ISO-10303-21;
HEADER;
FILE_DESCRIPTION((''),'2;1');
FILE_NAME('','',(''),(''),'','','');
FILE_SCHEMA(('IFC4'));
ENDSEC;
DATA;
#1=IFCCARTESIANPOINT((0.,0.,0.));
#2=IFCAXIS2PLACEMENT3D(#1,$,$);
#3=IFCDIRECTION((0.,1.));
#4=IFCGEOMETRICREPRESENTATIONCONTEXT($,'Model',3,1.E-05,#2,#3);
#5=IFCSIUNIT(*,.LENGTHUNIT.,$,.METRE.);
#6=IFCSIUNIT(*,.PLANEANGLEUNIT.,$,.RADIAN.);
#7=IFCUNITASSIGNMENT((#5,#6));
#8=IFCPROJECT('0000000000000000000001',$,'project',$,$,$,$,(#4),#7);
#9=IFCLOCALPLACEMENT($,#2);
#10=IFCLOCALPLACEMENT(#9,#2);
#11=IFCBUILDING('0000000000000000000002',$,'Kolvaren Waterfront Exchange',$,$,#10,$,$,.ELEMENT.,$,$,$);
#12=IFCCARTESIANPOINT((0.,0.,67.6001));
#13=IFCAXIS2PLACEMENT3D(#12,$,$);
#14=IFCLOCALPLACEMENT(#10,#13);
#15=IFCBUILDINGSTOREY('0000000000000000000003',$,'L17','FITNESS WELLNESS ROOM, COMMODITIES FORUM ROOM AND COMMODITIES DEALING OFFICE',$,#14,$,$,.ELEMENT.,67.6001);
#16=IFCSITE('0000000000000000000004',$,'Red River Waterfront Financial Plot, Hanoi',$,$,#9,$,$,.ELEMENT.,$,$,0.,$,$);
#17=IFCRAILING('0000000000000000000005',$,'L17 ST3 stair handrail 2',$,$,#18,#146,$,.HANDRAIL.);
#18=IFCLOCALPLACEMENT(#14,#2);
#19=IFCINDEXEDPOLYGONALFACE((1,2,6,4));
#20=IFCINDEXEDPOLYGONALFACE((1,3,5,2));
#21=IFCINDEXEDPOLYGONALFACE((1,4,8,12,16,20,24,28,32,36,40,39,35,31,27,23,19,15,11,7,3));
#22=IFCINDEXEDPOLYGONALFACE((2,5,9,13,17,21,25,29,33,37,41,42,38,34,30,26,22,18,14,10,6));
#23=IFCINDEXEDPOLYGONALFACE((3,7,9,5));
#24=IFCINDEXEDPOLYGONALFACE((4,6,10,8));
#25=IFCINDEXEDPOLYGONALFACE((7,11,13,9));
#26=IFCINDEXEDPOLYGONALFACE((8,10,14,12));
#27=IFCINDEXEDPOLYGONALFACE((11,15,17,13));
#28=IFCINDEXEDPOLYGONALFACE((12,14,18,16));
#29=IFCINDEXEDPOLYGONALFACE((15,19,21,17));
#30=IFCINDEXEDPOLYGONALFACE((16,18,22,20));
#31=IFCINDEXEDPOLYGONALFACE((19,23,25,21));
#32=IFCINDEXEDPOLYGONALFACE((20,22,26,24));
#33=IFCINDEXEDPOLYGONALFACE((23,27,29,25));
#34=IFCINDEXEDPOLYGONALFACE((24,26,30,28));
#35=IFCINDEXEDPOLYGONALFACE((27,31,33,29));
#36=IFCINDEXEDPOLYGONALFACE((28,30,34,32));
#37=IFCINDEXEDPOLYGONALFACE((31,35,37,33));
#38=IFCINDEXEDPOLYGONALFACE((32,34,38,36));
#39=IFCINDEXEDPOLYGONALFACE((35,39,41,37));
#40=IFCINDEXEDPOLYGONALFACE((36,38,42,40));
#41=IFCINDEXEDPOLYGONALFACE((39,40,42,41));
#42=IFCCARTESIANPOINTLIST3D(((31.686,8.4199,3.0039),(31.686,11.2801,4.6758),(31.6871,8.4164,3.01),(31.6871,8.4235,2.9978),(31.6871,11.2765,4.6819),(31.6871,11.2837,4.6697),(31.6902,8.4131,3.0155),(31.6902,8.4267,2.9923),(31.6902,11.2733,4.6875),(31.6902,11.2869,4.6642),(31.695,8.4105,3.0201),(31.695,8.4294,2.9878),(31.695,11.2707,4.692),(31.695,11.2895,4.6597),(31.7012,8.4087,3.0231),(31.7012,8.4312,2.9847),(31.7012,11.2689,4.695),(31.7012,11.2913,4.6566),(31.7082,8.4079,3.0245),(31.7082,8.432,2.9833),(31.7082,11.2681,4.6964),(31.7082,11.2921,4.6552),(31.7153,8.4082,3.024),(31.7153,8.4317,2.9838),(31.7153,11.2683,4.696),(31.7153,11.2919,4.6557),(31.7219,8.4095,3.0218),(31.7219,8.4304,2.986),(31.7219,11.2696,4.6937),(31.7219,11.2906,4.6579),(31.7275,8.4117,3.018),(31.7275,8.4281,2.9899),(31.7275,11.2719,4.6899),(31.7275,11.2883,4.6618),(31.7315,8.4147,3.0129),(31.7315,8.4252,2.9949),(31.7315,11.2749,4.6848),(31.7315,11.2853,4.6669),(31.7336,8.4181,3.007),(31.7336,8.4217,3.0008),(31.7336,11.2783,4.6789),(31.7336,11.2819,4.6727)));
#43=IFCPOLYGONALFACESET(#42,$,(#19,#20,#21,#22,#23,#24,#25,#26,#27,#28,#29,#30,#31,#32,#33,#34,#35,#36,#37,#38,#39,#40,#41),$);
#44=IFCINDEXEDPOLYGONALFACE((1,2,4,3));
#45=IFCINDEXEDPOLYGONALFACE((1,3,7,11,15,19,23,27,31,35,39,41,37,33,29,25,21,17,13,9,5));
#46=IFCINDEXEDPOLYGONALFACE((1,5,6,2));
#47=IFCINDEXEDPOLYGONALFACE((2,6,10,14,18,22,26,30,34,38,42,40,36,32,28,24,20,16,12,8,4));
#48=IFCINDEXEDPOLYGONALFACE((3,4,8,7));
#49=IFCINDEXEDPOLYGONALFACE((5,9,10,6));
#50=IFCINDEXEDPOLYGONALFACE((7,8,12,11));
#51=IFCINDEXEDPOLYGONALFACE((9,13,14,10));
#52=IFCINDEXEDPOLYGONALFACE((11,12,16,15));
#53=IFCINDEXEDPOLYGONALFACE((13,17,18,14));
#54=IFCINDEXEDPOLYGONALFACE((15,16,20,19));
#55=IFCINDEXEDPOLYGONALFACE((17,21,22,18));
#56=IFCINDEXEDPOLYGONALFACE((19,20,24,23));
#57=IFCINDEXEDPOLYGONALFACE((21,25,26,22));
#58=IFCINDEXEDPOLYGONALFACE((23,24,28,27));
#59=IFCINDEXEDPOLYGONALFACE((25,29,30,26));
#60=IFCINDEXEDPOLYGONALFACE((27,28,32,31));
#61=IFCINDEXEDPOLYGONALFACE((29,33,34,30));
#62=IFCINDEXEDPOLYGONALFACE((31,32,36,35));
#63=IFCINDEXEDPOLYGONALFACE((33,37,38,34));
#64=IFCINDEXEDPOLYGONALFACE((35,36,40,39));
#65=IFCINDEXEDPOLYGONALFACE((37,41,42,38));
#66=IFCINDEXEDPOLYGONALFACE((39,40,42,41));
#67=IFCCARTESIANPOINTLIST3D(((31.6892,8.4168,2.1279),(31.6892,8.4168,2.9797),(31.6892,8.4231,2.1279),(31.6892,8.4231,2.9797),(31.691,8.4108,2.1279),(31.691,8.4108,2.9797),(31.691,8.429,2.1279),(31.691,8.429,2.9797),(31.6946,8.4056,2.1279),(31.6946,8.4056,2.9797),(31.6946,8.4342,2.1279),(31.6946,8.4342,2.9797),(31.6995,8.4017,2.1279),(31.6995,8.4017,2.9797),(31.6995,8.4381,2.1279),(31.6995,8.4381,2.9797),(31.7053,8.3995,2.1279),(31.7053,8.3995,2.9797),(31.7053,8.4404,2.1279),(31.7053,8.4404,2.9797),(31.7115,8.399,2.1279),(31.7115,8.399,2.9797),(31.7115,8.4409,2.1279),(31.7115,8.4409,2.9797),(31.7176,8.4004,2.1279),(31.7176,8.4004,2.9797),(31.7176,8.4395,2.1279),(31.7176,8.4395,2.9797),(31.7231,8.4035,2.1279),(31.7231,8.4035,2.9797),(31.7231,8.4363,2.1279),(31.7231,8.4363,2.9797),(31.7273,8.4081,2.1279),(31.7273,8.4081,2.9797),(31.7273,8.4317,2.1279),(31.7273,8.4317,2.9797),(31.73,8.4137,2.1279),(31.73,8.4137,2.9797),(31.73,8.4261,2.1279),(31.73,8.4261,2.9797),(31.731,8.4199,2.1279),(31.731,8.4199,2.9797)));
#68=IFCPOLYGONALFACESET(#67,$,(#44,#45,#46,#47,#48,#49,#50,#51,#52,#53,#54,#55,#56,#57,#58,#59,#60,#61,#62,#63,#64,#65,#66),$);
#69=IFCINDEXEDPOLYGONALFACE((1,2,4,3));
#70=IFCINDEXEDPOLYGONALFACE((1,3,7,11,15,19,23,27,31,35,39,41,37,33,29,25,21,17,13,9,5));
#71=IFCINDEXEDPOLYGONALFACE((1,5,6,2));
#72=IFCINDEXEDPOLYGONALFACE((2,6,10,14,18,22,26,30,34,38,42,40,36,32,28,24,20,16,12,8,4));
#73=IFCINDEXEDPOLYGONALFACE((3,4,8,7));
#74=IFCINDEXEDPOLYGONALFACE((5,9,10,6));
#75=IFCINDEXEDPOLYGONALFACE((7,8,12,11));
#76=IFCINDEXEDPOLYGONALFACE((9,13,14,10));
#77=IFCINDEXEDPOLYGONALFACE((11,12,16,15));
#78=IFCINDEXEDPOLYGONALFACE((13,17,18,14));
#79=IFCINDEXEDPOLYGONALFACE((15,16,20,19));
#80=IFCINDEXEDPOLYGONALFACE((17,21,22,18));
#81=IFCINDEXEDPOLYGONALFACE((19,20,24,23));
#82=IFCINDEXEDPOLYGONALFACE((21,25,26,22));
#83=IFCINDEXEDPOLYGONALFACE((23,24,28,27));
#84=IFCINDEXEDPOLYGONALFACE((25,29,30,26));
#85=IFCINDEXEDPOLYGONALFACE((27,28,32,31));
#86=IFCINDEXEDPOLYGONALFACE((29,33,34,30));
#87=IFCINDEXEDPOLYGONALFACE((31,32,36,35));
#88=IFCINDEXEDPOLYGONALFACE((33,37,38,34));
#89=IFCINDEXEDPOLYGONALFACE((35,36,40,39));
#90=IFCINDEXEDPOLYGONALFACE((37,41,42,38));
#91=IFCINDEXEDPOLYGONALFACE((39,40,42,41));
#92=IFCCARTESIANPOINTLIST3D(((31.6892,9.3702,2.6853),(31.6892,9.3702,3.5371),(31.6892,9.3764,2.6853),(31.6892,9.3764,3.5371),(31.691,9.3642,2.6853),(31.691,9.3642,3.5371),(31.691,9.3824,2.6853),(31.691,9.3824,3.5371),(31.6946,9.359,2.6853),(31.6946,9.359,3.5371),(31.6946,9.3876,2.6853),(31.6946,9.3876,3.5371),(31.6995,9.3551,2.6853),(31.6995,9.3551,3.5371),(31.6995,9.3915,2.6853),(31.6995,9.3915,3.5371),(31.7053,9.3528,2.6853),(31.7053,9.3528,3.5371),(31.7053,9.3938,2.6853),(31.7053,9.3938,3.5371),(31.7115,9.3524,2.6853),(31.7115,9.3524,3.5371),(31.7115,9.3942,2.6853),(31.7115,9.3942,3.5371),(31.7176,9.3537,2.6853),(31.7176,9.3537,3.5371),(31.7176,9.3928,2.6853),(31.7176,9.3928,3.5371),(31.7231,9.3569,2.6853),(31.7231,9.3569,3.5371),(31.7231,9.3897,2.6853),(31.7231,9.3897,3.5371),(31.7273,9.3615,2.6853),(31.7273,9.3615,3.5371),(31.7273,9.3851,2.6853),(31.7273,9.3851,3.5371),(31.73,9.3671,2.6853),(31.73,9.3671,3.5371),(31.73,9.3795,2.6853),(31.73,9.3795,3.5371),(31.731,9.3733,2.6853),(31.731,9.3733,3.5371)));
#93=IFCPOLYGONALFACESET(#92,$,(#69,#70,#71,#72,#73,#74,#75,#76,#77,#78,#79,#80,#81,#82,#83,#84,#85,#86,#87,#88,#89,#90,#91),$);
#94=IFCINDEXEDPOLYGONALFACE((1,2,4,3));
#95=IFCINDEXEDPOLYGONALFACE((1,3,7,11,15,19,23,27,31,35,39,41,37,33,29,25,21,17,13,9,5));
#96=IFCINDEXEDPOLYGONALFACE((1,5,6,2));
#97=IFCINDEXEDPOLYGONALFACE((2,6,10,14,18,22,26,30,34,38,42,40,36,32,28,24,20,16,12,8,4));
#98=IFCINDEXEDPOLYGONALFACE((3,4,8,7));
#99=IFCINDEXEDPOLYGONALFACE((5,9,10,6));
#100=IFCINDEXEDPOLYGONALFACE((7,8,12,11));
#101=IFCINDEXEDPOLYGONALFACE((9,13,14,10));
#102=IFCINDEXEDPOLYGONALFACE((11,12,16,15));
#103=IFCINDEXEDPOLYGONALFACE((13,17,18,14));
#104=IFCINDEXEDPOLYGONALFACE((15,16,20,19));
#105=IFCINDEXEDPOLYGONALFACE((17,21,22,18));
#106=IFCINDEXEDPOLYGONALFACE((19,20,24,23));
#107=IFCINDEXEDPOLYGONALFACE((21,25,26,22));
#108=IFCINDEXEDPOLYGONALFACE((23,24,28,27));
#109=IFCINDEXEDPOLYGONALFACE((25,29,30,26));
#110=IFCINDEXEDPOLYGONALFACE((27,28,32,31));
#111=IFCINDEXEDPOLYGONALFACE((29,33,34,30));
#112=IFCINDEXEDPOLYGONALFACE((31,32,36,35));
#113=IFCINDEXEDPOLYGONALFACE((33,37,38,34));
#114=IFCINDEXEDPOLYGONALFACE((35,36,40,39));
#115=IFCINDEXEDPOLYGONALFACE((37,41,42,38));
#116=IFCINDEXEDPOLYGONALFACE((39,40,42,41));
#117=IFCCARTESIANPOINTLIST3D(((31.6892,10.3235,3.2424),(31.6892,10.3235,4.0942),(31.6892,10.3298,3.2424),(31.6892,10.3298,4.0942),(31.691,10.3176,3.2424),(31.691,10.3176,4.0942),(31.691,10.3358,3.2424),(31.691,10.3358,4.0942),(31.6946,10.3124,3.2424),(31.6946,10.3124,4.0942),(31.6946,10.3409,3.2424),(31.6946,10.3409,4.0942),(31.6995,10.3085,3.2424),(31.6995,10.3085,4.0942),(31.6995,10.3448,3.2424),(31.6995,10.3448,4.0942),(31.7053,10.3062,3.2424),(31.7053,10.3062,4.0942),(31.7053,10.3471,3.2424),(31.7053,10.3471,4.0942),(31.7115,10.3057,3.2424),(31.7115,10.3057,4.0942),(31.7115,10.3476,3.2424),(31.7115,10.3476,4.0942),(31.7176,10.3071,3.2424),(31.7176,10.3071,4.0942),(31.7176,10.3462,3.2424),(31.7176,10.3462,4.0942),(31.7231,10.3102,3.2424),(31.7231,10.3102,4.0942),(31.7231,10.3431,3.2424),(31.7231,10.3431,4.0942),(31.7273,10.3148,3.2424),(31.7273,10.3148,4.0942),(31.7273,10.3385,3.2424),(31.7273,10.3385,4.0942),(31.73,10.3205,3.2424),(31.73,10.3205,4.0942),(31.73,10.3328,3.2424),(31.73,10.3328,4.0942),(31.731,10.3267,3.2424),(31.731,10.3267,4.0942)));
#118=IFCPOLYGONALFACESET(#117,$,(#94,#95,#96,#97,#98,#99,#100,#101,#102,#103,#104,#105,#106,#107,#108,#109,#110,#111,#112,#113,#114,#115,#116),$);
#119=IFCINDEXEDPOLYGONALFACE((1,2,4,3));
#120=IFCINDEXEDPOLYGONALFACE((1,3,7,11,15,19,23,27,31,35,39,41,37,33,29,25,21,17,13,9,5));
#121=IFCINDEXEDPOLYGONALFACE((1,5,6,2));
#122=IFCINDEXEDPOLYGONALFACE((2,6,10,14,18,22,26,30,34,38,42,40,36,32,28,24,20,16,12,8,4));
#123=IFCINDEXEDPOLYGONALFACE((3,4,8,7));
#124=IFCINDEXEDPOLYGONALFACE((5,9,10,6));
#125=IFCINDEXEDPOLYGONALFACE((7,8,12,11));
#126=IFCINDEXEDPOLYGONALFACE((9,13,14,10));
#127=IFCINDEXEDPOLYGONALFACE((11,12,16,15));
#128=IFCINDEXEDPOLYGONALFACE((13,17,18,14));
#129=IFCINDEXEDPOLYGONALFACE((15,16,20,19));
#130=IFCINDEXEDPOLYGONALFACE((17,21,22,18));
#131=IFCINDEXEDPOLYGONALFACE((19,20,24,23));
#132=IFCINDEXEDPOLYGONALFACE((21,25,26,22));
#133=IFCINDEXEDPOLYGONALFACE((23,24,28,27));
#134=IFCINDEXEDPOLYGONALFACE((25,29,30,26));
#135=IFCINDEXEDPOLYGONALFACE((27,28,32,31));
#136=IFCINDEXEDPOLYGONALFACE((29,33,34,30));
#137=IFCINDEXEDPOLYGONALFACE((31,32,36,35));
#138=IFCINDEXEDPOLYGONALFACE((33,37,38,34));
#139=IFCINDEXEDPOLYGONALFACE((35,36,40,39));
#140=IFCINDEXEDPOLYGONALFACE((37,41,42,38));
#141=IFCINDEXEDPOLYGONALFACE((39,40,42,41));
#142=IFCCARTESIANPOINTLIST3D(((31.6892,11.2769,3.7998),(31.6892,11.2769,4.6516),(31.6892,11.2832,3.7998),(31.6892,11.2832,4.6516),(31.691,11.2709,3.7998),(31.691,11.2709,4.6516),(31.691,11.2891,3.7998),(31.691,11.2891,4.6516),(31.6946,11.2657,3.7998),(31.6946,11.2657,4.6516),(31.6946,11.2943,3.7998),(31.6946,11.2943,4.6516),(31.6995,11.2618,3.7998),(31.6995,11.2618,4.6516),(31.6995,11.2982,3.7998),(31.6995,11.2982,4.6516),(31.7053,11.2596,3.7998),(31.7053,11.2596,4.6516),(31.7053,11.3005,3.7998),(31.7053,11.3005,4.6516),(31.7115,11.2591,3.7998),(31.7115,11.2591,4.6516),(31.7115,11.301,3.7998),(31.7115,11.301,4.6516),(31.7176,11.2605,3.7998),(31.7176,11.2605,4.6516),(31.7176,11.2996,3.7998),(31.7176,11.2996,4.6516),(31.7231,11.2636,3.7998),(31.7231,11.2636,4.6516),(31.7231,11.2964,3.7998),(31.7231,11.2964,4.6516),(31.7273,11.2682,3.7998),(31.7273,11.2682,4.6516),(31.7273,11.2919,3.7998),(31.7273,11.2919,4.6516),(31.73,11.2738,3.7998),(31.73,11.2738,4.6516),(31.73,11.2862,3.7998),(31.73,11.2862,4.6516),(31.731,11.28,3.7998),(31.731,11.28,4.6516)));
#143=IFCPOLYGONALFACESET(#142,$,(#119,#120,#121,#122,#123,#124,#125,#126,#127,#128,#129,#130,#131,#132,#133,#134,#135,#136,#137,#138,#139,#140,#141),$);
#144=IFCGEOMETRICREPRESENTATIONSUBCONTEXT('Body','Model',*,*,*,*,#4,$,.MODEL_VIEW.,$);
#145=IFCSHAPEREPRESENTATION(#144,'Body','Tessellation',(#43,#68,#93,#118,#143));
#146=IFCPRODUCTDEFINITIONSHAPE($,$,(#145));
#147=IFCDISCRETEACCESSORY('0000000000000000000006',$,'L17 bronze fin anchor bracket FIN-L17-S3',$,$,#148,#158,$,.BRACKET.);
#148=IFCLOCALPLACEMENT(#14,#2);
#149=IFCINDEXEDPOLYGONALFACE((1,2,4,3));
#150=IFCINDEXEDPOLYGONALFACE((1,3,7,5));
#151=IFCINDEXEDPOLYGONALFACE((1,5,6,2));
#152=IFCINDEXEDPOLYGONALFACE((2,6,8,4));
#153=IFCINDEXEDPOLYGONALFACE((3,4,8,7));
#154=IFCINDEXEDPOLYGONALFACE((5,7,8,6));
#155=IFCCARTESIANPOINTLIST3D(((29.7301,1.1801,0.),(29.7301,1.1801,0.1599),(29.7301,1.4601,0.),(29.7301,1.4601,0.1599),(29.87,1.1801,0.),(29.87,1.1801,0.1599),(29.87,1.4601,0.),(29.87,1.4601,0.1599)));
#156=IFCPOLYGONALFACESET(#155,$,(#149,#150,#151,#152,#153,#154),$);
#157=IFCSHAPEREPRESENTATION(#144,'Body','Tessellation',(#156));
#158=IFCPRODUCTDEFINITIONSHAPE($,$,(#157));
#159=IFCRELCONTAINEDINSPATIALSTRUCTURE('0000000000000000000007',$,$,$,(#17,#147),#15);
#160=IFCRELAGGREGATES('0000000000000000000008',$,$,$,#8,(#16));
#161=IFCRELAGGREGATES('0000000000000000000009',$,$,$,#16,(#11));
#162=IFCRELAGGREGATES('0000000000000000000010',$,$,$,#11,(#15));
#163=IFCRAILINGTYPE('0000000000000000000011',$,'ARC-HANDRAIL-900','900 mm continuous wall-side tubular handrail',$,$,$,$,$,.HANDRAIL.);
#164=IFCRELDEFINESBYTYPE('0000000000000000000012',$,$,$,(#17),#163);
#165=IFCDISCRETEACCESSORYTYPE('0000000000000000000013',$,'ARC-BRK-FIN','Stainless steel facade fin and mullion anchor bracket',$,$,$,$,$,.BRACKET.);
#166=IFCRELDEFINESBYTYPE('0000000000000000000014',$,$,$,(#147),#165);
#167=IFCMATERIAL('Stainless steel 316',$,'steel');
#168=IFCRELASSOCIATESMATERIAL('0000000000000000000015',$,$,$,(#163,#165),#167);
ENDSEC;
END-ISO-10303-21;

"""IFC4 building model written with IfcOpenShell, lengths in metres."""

from ifc_helpers import new_model, si_unit, direction, frame, origin, origin_with_axes, origin_2d, place, context, subcontext, project, spatial, rectangle, circle, extrude, source, transform, mapped, material, type_object, element, save


model = new_model("IFC4")

# Units and contexts
model_context = context("Model", 3, precision=1e-05, world=origin(), true_north=direction((0.0, 1.0)))
body_context = subcontext(model_context, "Body", "Model", "MODEL_VIEW")
ifc_project = project(units=[si_unit("LENGTHUNIT", "METRE"), si_unit("PLANEANGLEUNIT", "RADIAN")], contexts=[model_context])

# Site, building, storey
site_placement = place(None, origin())
site = spatial("IfcSite", under=ifc_project, at=site_placement, Name="Red River Waterfront Financial Plot, Hanoi", CompositionType="ELEMENT", RefElevation=0.0)
building_placement = place(site_placement, origin())
building = spatial("IfcBuilding", under=site, at=building_placement, Name="Kolvaren Waterfront Exchange", CompositionType="ELEMENT")
storey_placement = place(building_placement, frame((0.0, 0.0, 67.6001)))
storey = spatial("IfcBuildingStorey", under=building, at=storey_placement, Name="L17", Description="FITNESS WELLNESS ROOM, COMMODITIES FORUM ROOM AND COMMODITIES DEALING OFFICE", CompositionType="ELEMENT", Elevation=67.6001)

# Railing
ifc_material_1 = material(Name="Stainless steel 316", Category="steel")
railing_type_1 = type_object("IfcRailingType", Name="ARC-HANDRAIL-900", Description="900 mm continuous wall-side tubular handrail", PredefinedType="HANDRAIL", material=ifc_material_1)
railing_1_placement = place(storey_placement, frame((31.71, 8.4199, 2.1279)))
element("IfcRailing", 1, at=railing_1_placement, inside=storey, type_object=railing_type_1, Name="L17 ST3 stair handrail 2", PredefinedType="HANDRAIL", context=body_context, shape_type="SweptSolid", body=[
    extrude(circle(Radius=0.0239, at=origin_2d()), frame((0.0, 0.0, 0.876), z_axis=(0.0, 0.863321, 0.504654), x_axis=(-1.0, 0.0, 0.0)), (0.0, 0.0, 1.0), 3.313),
    extrude(circle(Radius=0.021, at=origin_2d()), origin(), (0.0, 0.0, 1.0), 0.8518),
    extrude(circle(Radius=0.021, at=origin_2d()), frame((0.0, 0.9534, 0.5574)), (0.0, 0.0, 1.0), 0.8518),
    extrude(circle(Radius=0.021, at=origin_2d()), frame((0.0, 1.9067, 1.1145)), (0.0, 0.0, 1.0), 0.8518),
    extrude(circle(Radius=0.021, at=origin_2d()), frame((0.0, 2.8601, 1.6719)), (0.0, 0.0, 1.0), 0.8518),
])

# Discrete accessory
discrete_accessory_type = type_object("IfcDiscreteAccessoryType", Name="ARC-BRK-FIN", Description="Stainless steel facade fin and mullion anchor bracket", PredefinedType="BRACKET", material=ifc_material_1)
shared_shape_1 = source(origin_with_axes(), body_context, "Body", "SweptSolid", [
    extrude(rectangle(XDim=0.28, YDim=0.1399, at=origin_2d()), origin(), (0.0, 0.0, 1.0), 0.1599),
])
discrete_accessory_placement = place(storey_placement, frame((29.8, 1.3201, 0.0), z_axis=(0.0, 0.0, 1.0), x_axis=(0.0, -1.0, 0.0)))
element("IfcDiscreteAccessory", 2, at=discrete_accessory_placement, inside=storey, type_object=discrete_accessory_type, Name="L17 bronze fin anchor bracket FIN-L17-S3", PredefinedType="BRACKET", context=body_context, shape_type="MappedRepresentation", body=[
    mapped(shared_shape_1, transform((0.0, 0.0, 0.0), x_axis=(1.0, 0.0, 0.0), y_axis=(0.0, 1.0, 0.0), z_axis=(0.0, 0.0, 1.0), scale=1.0)),
])

save(model, "model.ifc")
